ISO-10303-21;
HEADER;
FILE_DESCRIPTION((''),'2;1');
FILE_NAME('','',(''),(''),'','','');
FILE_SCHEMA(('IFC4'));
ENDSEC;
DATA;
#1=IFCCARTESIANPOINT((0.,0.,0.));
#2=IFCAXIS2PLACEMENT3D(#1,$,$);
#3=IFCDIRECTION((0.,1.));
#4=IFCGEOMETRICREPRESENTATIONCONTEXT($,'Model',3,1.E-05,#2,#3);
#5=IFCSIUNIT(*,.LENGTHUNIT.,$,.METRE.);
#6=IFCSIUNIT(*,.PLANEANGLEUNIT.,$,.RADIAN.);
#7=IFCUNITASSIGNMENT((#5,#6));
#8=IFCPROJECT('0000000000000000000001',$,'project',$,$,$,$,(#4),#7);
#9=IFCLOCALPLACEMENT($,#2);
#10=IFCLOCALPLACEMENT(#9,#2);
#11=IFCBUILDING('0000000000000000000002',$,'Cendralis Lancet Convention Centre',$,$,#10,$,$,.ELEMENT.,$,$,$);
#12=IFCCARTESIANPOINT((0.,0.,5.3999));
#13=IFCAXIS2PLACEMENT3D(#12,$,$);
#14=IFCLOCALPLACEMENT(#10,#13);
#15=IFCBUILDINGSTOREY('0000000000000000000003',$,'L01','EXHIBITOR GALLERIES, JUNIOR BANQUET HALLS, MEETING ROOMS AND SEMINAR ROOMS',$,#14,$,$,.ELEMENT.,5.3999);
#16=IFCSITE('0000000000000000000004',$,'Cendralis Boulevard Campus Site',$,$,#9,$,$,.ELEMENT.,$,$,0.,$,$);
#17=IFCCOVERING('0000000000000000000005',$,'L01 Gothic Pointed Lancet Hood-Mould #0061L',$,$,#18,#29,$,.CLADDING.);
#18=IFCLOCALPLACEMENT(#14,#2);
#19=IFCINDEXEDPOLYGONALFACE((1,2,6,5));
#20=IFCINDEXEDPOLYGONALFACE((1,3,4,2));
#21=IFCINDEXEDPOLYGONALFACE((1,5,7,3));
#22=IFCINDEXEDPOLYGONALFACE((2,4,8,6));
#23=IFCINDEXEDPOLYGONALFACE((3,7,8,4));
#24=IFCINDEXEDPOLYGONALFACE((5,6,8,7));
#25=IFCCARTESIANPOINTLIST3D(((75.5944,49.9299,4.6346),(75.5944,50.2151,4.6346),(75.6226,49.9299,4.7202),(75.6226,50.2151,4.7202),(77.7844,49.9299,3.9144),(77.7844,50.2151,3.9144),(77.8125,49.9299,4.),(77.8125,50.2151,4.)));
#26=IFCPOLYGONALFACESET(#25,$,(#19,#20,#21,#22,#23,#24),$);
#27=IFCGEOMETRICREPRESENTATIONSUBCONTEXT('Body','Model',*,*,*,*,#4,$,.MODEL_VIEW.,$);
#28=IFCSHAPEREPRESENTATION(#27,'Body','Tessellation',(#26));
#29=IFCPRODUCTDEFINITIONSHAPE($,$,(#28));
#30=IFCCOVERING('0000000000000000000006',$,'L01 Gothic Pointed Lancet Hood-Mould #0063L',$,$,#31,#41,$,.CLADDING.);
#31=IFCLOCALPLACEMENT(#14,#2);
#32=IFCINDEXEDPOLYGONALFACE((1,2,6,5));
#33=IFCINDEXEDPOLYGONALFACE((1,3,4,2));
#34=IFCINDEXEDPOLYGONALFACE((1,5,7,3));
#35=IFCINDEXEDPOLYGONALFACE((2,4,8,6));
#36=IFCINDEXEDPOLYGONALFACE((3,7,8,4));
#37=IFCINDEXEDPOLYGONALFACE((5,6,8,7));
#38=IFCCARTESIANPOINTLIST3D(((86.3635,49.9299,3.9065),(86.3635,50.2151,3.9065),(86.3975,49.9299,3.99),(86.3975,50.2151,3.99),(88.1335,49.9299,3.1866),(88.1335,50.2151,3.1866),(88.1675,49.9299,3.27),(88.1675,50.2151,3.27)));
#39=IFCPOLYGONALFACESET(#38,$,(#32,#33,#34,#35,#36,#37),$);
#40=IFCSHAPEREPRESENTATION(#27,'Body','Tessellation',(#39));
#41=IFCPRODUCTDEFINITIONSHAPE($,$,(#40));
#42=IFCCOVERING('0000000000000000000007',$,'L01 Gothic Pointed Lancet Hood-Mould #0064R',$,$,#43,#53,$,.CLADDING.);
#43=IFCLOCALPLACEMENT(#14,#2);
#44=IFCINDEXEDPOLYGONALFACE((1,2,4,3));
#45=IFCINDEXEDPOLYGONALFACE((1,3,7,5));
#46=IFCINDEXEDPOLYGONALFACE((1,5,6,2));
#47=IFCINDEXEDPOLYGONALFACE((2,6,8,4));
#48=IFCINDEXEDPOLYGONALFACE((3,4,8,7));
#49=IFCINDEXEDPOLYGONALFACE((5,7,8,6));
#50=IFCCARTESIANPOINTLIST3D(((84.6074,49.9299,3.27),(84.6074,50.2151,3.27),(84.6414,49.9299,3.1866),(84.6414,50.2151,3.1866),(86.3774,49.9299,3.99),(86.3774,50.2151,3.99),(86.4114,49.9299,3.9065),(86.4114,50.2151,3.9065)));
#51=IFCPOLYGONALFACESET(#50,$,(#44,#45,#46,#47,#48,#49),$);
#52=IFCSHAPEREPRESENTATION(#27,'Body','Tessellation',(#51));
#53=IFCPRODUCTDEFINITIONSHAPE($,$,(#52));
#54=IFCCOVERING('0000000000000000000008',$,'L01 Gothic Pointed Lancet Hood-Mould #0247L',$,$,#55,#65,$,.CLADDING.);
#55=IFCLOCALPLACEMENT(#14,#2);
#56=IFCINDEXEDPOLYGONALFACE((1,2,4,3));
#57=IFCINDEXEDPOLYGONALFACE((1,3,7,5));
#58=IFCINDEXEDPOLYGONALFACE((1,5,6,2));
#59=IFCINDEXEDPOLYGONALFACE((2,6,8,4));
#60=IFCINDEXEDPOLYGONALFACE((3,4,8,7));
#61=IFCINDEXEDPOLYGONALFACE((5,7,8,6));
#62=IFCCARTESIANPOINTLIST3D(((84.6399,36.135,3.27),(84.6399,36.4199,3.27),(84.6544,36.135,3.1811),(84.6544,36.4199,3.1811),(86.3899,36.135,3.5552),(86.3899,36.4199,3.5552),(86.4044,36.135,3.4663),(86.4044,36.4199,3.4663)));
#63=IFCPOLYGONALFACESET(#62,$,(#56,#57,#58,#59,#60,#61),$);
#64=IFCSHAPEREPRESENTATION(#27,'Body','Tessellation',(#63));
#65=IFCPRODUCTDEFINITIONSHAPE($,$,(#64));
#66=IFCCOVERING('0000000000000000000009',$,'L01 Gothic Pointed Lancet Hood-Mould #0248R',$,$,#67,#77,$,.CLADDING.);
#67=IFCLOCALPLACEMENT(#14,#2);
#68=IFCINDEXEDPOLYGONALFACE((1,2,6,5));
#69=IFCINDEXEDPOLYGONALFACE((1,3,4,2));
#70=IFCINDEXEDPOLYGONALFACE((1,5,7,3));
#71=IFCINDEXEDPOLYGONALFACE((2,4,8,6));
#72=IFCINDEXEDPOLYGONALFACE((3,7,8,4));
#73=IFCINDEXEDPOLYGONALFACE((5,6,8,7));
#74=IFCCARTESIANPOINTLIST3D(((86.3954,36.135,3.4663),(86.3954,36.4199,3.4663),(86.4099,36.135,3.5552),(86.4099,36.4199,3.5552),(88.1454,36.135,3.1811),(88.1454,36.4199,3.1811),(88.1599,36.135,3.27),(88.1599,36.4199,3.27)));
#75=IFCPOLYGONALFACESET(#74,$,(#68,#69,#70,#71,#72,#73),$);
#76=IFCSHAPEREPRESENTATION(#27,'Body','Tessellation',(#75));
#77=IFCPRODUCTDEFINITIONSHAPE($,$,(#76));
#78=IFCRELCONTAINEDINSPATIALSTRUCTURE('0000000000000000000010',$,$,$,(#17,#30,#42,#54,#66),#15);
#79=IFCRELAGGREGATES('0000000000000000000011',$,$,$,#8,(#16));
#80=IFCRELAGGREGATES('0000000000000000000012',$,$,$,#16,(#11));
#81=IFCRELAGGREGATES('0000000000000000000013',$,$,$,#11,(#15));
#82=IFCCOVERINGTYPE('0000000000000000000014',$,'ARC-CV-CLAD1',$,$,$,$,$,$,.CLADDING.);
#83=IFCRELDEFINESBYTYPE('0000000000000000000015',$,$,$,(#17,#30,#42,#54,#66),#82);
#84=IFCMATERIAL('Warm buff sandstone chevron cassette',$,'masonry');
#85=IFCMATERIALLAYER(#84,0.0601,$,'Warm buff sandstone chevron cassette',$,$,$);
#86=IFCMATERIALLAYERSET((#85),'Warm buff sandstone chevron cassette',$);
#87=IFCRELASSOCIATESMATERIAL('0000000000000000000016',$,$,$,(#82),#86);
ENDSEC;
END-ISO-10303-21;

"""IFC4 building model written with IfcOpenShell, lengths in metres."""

from ifc_helpers import new_model, si_unit, direction, frame, origin, place, context, subcontext, project, spatial, polyline, outline, extrude, material, layer, layer_set, type_object, element, save


model = new_model("IFC4")

# Units and contexts
model_context = context("Model", 3, precision=1e-05, world=origin(), true_north=direction((0.0, 1.0)))
body_context = subcontext(model_context, "Body", "Model", "MODEL_VIEW")
ifc_project = project(units=[si_unit("LENGTHUNIT", "METRE"), si_unit("PLANEANGLEUNIT", "RADIAN")], contexts=[model_context])

# Site, building, storey
site_placement = place(None, origin())
site = spatial("IfcSite", under=ifc_project, at=site_placement, Name="Cendralis Boulevard Campus Site", CompositionType="ELEMENT", RefElevation=0.0)
building_placement = place(site_placement, origin())
building = spatial("IfcBuilding", under=site, at=building_placement, Name="Cendralis Lancet Convention Centre", CompositionType="ELEMENT")
storey_placement = place(building_placement, frame((0.0, 0.0, 5.3999)))
storey = spatial("IfcBuildingStorey", under=building, at=storey_placement, Name="L01", Description="EXHIBITOR GALLERIES, JUNIOR BANQUET HALLS, MEETING ROOMS AND SEMINAR ROOMS", CompositionType="ELEMENT", Elevation=5.3999)

# Coverings
ifc_material_1 = material(Name="Warm buff sandstone chevron cassette", Category="masonry")
ifc_layer_1 = layer(ifc_material_1, 0.0601, Name="Warm buff sandstone chevron cassette")
ifc_layer_set_1 = layer_set([ifc_layer_1], Name="Warm buff sandstone chevron cassette")
covering_type = type_object("IfcCoveringType", Name="ARC-CV-CLAD1", PredefinedType="CLADDING", material=ifc_layer_set_1)
covering_placement = place(storey_placement, frame((77.8125, 49.9299, 4.0), z_axis=(0.312413, 0.0, 0.949946), x_axis=(0.0, 1.0, 0.0)))
element("IfcCovering", 1, at=covering_placement, inside=storey, type_object=covering_type, Name="L01 Gothic Pointed Lancet Hood-Mould #0061L", PredefinedType="CLADDING", context=body_context, shape_type="SweptSolid", body=[
    extrude(outline(polyline([(0.0, 0.0), (0.2852, 0.0), (0.2852, 2.3053), (0.0, 2.3053), (0.0, 0.0)])), origin(), (0.0, 0.0, -1.0), 0.0901),
])
for number, where, z_axis, x_axis, name in (
    (2, (88.1675, 49.9299, 3.27), (0.376781, 0.0, 0.926302), (0.0, 1.0, 0.0), "L01 Gothic Pointed Lancet Hood-Mould #0063L"),
    (3, (86.3774, 49.9299, 3.99), (-0.376781, 0.0, 0.926302), (0.0, 1.0, 0.0), "L01 Gothic Pointed Lancet Hood-Mould #0064R"),
):
    element("IfcCovering", number, at=place(storey_placement, frame(where, z_axis=z_axis, x_axis=x_axis)), inside=storey, type_object=covering_type, Name=name, PredefinedType="CLADDING", context=body_context, shape_type="SweptSolid", body=[
        extrude(outline(polyline([(0.0, 0.0), (0.2852, 0.0), (0.2852, 1.9108), (0.0, 1.9108), (0.0, 0.0)])), origin(), (0.0, 0.0, -1.0), 0.0901),
    ])
for number, where, z_axis, x_axis, name in (
    (4, (84.6399, 36.4199, 3.27), (-0.160825, 0.0, 0.986983), (0.0, -1.0, 0.0), "L01 Gothic Pointed Lancet Hood-Mould #0247L"),
    (5, (86.4099, 36.4199, 3.5552), (0.160825, 0.0, 0.986983), (0.0, -1.0, 0.0), "L01 Gothic Pointed Lancet Hood-Mould #0248R"),
):
    element("IfcCovering", number, at=place(storey_placement, frame(where, z_axis=z_axis, x_axis=x_axis)), inside=storey, type_object=covering_type, Name=name, PredefinedType="CLADDING", context=body_context, shape_type="SweptSolid", body=[
        extrude(outline(polyline([(0.0, 0.0), (0.2849, 0.0), (0.2849, 1.7731), (0.0, 1.7731), (0.0, 0.0)])), origin(), (0.0, 0.0, -1.0), 0.0901),
    ])

save(model, "model.ifc")
